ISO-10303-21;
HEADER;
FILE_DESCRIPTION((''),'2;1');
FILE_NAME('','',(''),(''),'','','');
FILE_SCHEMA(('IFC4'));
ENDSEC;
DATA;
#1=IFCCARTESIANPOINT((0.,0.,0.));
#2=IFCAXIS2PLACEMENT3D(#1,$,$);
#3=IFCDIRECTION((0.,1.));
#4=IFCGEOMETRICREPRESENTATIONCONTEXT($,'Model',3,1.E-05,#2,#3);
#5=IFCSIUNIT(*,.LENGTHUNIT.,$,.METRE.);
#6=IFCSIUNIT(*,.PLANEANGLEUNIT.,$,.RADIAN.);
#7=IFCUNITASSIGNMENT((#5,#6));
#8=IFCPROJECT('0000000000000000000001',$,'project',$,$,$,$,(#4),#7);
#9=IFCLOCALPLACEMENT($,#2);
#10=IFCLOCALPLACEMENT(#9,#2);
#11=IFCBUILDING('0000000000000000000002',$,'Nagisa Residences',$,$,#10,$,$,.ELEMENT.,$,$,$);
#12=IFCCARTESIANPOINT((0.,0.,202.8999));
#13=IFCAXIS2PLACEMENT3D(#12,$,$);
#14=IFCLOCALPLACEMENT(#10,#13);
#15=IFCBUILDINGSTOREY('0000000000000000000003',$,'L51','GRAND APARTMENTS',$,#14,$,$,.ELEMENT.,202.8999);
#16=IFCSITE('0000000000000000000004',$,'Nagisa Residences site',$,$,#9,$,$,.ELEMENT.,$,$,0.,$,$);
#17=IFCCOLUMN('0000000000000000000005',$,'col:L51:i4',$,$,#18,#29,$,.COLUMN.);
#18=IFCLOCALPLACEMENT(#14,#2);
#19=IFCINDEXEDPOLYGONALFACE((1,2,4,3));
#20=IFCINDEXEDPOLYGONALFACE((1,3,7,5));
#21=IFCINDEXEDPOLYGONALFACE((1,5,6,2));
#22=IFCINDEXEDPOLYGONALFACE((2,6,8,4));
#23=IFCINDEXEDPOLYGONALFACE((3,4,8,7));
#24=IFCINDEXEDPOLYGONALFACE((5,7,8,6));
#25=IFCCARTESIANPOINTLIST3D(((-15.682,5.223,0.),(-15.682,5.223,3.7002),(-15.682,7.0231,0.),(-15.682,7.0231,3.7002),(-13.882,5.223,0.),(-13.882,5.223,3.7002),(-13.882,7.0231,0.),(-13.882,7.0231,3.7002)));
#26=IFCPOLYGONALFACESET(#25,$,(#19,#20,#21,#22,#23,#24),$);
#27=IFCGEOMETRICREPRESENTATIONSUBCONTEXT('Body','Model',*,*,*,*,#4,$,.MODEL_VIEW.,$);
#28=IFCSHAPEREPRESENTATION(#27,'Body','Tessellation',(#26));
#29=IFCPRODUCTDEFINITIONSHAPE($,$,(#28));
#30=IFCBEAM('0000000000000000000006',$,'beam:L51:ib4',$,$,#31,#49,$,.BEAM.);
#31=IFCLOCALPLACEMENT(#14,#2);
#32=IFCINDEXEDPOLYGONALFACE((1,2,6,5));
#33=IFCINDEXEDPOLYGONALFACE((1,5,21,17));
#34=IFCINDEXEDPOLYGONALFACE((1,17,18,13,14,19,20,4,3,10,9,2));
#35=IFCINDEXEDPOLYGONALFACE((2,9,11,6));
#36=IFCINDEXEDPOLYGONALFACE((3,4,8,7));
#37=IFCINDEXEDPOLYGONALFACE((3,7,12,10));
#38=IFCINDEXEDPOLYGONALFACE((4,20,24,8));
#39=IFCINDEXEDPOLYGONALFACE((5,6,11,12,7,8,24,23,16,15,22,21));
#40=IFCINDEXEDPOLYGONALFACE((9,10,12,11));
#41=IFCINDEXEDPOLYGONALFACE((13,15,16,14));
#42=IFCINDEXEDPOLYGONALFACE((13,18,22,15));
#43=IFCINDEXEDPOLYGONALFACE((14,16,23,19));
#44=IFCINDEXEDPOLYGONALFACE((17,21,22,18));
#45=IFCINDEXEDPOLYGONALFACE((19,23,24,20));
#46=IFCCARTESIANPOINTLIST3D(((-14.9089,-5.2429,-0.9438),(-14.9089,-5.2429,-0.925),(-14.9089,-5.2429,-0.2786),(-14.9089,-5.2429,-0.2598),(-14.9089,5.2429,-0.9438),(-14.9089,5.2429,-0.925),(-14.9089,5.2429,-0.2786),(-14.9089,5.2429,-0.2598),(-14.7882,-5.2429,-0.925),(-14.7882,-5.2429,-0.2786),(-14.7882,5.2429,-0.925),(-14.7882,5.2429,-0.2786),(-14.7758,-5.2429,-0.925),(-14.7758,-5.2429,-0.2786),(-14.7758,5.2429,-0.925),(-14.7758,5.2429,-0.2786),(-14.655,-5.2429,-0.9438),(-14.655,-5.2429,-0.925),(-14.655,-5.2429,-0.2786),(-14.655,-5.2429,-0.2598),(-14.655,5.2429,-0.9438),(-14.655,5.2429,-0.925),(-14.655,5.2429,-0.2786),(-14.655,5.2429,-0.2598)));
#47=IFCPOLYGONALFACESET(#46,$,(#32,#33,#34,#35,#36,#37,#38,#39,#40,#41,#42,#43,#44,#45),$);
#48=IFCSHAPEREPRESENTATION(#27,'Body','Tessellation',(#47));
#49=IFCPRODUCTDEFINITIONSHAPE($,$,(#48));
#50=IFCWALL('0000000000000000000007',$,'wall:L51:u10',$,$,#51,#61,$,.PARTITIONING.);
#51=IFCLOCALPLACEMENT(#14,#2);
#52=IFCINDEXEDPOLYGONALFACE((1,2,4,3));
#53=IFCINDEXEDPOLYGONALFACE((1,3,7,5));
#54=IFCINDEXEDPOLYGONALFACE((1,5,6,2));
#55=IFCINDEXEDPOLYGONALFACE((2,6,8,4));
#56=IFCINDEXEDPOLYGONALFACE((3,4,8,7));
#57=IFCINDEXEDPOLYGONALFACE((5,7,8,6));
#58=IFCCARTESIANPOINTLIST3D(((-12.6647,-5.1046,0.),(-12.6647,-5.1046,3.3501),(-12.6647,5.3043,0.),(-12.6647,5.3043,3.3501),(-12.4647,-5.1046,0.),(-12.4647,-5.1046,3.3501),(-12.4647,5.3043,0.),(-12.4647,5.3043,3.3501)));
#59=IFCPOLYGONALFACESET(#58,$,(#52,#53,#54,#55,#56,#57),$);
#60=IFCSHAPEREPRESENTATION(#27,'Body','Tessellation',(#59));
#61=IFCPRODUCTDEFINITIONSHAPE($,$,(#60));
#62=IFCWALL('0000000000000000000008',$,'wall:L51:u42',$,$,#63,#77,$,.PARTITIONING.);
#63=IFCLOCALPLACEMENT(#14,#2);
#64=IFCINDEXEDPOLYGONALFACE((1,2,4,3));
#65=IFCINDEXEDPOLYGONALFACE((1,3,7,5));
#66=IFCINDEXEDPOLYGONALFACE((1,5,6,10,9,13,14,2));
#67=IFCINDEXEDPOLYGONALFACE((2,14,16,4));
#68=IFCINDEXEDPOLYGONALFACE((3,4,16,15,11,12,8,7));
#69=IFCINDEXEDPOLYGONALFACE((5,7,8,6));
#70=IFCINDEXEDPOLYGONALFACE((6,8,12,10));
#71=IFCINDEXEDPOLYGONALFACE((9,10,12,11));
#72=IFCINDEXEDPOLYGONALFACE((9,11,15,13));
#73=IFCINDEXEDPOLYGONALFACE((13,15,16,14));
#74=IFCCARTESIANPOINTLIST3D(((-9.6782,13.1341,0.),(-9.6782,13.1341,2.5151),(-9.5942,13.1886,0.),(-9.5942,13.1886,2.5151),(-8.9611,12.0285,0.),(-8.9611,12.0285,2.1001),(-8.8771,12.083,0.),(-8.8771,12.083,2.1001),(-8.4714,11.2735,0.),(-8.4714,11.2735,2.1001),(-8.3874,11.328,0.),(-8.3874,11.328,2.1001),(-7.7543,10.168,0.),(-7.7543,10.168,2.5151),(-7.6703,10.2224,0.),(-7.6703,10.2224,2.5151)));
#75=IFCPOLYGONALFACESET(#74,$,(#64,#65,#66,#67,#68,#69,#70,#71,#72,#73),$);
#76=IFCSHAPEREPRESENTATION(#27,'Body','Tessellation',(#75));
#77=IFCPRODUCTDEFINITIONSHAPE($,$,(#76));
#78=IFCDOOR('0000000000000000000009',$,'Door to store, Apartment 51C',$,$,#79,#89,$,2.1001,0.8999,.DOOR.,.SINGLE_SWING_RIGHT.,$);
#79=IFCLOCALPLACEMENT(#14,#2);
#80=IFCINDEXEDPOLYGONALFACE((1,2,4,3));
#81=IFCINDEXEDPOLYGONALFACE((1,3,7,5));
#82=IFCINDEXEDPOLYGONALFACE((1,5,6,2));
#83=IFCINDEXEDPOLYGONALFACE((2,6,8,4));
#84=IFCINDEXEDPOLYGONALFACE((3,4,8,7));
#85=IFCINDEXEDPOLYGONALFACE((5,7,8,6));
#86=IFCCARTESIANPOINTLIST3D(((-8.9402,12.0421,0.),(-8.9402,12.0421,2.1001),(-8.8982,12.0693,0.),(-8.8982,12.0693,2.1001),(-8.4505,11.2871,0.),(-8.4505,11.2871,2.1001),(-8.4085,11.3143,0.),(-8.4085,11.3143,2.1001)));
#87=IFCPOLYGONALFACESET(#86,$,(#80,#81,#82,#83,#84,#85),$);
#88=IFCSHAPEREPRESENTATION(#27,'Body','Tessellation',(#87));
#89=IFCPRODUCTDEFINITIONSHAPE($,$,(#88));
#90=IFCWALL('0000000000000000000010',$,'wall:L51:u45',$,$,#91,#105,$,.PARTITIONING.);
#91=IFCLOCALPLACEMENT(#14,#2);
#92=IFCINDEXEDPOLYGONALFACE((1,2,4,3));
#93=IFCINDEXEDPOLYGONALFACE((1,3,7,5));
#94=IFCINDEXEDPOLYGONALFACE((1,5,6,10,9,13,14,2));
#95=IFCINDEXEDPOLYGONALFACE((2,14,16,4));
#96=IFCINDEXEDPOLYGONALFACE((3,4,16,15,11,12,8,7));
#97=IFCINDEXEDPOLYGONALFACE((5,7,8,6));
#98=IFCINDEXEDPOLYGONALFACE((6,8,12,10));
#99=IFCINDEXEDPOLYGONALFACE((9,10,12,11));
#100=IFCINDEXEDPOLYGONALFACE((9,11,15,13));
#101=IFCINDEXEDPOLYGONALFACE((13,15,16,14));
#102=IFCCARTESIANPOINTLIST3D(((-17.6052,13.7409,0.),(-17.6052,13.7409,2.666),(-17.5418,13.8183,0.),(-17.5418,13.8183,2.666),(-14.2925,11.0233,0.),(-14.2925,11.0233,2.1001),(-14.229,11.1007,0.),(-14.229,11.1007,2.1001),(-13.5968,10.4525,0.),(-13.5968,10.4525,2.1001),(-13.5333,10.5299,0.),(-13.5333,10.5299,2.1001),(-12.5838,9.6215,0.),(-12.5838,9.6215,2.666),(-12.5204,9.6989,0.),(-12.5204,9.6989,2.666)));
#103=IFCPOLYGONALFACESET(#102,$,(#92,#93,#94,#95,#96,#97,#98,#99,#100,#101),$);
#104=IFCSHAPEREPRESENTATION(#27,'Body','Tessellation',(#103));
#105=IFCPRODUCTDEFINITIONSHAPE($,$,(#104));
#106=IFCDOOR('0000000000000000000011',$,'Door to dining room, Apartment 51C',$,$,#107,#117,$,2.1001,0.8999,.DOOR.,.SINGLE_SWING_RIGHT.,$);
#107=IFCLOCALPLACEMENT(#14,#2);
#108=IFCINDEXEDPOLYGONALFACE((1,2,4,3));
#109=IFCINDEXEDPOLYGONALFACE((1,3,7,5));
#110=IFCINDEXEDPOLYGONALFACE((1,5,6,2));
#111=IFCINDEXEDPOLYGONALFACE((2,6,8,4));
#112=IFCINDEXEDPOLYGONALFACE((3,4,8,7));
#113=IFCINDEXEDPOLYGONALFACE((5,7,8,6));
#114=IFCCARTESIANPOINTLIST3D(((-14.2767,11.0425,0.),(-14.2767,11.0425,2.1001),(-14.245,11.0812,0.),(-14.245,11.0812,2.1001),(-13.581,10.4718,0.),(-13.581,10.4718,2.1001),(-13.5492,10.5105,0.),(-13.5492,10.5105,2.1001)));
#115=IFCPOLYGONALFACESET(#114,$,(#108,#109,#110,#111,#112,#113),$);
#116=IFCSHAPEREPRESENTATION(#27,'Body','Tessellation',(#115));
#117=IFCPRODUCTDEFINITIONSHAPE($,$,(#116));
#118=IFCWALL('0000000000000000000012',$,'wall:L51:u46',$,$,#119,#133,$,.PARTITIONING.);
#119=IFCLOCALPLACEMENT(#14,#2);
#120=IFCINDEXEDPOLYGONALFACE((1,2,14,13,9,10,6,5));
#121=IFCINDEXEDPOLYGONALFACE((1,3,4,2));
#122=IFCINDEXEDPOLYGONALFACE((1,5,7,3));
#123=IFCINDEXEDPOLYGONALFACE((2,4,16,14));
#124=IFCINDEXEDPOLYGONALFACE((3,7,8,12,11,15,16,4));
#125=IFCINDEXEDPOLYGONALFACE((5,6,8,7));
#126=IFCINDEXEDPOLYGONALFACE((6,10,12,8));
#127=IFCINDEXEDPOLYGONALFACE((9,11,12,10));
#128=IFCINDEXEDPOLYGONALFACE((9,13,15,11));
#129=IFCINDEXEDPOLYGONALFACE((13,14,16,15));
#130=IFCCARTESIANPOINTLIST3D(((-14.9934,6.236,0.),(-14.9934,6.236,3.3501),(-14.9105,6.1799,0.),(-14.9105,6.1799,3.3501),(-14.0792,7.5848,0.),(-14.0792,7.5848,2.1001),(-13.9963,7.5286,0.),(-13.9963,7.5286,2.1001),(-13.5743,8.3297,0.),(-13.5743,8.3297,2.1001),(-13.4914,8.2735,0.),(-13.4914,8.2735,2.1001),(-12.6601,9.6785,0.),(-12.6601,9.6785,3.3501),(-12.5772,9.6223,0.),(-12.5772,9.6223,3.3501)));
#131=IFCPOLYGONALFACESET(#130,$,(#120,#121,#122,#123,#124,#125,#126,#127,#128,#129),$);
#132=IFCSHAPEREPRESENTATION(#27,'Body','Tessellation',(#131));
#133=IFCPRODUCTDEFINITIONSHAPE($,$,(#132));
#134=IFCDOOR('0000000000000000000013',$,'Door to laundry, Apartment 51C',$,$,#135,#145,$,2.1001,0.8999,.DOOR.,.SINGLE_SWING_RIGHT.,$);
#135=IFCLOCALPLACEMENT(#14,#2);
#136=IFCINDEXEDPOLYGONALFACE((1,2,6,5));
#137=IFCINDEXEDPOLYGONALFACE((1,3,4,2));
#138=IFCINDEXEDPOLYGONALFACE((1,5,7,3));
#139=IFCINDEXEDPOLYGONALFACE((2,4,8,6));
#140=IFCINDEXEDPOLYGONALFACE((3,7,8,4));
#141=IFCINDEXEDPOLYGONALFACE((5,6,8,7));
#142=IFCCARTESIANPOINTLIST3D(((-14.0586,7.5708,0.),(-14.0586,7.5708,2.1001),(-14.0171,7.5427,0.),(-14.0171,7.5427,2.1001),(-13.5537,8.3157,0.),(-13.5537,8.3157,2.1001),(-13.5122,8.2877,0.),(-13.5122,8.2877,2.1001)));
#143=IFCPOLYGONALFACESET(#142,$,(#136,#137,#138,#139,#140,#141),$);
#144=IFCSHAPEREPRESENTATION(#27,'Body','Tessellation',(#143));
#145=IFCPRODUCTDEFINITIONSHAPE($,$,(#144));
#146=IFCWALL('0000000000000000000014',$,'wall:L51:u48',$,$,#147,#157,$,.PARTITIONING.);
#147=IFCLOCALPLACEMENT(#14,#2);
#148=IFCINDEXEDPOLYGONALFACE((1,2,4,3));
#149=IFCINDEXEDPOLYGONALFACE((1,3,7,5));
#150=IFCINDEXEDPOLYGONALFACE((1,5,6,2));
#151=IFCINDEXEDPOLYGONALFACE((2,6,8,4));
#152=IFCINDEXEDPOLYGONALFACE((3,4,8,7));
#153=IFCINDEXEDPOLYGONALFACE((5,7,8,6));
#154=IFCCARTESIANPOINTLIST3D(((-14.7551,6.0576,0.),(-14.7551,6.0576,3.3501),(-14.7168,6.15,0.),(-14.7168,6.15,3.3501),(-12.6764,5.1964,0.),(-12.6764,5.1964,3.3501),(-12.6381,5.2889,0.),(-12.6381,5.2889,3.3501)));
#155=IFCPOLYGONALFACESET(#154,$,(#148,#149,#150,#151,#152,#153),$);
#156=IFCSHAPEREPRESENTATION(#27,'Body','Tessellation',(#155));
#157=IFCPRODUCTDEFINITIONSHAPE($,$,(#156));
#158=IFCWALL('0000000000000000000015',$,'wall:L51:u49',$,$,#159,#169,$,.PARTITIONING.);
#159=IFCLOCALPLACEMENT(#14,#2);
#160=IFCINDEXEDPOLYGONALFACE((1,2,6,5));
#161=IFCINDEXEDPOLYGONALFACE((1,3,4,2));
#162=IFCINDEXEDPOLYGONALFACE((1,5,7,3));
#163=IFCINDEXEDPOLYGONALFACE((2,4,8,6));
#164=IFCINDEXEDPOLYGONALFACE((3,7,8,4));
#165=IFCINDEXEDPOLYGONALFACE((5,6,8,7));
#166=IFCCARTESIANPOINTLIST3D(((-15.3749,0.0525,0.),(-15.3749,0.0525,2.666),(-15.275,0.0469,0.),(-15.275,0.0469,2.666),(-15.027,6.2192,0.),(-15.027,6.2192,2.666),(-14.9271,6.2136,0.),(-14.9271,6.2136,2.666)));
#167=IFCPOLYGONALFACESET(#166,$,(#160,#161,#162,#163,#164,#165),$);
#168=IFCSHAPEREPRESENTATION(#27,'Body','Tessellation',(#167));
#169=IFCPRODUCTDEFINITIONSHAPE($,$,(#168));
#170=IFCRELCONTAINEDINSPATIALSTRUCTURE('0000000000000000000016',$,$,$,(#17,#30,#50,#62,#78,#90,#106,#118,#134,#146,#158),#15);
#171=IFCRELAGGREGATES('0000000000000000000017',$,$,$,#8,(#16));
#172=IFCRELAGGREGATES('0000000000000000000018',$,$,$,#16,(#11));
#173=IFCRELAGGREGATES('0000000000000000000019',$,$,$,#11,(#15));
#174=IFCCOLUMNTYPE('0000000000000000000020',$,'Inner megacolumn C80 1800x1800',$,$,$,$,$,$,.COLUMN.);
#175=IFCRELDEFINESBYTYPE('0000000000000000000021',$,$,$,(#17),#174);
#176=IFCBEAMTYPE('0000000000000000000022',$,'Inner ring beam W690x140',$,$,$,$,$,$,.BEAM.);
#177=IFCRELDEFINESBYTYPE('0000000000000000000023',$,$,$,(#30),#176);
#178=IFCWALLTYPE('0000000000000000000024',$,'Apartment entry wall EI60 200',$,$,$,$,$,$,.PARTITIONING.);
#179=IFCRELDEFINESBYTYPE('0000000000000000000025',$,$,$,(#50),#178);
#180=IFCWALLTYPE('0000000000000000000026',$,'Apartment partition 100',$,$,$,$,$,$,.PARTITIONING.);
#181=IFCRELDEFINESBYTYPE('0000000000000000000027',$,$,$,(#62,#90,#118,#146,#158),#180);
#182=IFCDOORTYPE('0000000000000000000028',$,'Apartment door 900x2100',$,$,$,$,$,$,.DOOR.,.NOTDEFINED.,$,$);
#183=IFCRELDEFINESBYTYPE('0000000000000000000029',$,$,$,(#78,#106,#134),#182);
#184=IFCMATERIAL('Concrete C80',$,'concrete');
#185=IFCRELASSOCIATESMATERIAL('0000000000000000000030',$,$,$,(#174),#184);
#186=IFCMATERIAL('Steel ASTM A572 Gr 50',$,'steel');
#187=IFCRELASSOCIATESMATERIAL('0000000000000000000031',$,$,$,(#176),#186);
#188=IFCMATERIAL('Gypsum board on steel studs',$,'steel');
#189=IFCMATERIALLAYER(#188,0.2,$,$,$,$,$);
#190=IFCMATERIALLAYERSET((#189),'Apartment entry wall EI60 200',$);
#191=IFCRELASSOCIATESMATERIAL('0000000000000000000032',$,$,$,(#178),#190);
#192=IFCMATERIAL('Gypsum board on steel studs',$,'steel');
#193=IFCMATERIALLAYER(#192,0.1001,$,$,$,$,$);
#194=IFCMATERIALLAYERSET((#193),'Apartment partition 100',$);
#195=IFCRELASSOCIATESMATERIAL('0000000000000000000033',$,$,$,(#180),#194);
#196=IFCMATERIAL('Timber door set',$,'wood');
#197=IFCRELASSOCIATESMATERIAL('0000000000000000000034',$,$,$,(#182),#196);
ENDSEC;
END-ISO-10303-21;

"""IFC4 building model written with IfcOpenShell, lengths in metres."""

from ifc_helpers import new_model, si_unit, direction, frame, frame_2d, origin, origin_2d, place, context, subcontext, project, spatial, rectangle, i_section, extrude, material, layer, layer_set, material_profile, profile_set, type_object, element, fill, save


model = new_model("IFC4")

# Units and contexts
model_context = context("Model", 3, precision=1e-05, world=origin(), true_north=direction((0.0, 1.0)))
body_context = subcontext(model_context, "Body", "Model", "MODEL_VIEW")
ifc_project = project(units=[si_unit("LENGTHUNIT", "METRE"), si_unit("PLANEANGLEUNIT", "RADIAN")], contexts=[model_context])

# Site, building, storey
site_placement = place(None, origin())
site = spatial("IfcSite", under=ifc_project, at=site_placement, Name="Nagisa Residences site", CompositionType="ELEMENT", RefElevation=0.0)
building_placement = place(site_placement, origin())
building = spatial("IfcBuilding", under=site, at=building_placement, Name="Nagisa Residences", CompositionType="ELEMENT")
storey_placement = place(building_placement, frame((0.0, 0.0, 202.8999)))
storey = spatial("IfcBuildingStorey", under=building, at=storey_placement, Name="L51", Description="GRAND APARTMENTS", CompositionType="ELEMENT", Elevation=202.8999)

# Column
ifc_material_1 = material(Name="Concrete C80", Category="concrete")
ifc_material_profile_1 = material_profile(ifc_material_1, rectangle(XDim=1.8, YDim=1.8, at=origin_2d()), Name="C80 1800x1800")
ifc_profile_set_1 = profile_set([ifc_material_profile_1], Name="Concrete C80")
column_type = type_object("IfcColumnType", Name="Inner megacolumn C80 1800x1800", PredefinedType="COLUMN", material=ifc_profile_set_1)
column_placement = place(storey_placement, frame((-14.782, 6.123, 0.0), z_axis=(0.0, 0.0, 1.0), x_axis=(1.0, 0.0, 0.0)))
element("IfcColumn", 1, at=column_placement, inside=storey, type_object=column_type, Name="col:L51:i4", PredefinedType="COLUMN", context=body_context, shape_type="SweptSolid", body=[
    extrude(rectangle(XDim=1.8, YDim=1.8, at=origin_2d()), origin(), (0.0, 0.0, 1.0), 3.7002),
])

# Beam
ifc_material_2 = material(Name="Steel ASTM A572 Gr 50", Category="steel")
ifc_material_profile_2 = material_profile(ifc_material_2, i_section(OverallWidth=0.2539, OverallDepth=0.6841, WebThickness=0.0125, FlangeThickness=0.0188, at=origin_2d()), Name="W690x140")
ifc_profile_set_2 = profile_set([ifc_material_profile_2], Name="Steel ASTM A572 Gr 50")
beam_type = type_object("IfcBeamType", Name="Inner ring beam W690x140", PredefinedType="BEAM", material=ifc_profile_set_2)
beam_placement = place(storey_placement, frame((-14.782, 5.2429, -0.6018), z_axis=(0.0, -1.0, 0.0), x_axis=(1.0, 0.0, 0.0)))
element("IfcBeam", 2, at=beam_placement, inside=storey, type_object=beam_type, Name="beam:L51:ib4", PredefinedType="BEAM", context=body_context, shape_type="SweptSolid", body=[
    extrude(i_section(OverallWidth=0.2539, OverallDepth=0.6841, WebThickness=0.0125, FlangeThickness=0.0188, at=origin_2d()), origin(), (0.0, 0.0, 1.0), 10.4858),
])

# Wall
ifc_material_3 = material(Name="Gypsum board on steel studs", Category="steel")
ifc_layer_1 = layer(ifc_material_3, 0.2)
ifc_layer_set_1 = layer_set([ifc_layer_1], Name="Apartment entry wall EI60 200")
wall_type_1 = type_object("IfcWallType", Name="Apartment entry wall EI60 200", PredefinedType="PARTITIONING", material=ifc_layer_set_1)
wall_1_placement = place(storey_placement, frame((-12.5647, 5.3044, 0.0), z_axis=(0.0, 0.0, 1.0), x_axis=(0.0, -1.0, 0.0)))
element("IfcWall", 3, at=wall_1_placement, inside=storey, type_object=wall_type_1, Name="wall:L51:u10", PredefinedType="PARTITIONING", context=body_context, shape_type="SweptSolid", body=[
    extrude(rectangle(XDim=10.4089, YDim=0.2, at=frame_2d((5.2046, 0.0))), origin(), (0.0, 0.0, 1.0), 3.3501),
])

# Walls, openings, doors
ifc_material_4 = material(Name="Gypsum board on steel studs", Category="steel")
ifc_layer_2 = layer(ifc_material_4, 0.1001)
ifc_layer_set_2 = layer_set([ifc_layer_2], Name="Apartment partition 100")
wall_type_2 = type_object("IfcWallType", Name="Apartment partition 100", PredefinedType="PARTITIONING", material=ifc_layer_set_2)
wall_2_placement = place(storey_placement, frame((-7.7124, 10.1953, 0.0), z_axis=(0.0, 0.0, 1.0), x_axis=(-0.54417, 0.838975, 0.0)))
wall_2 = element("IfcWall", 4, at=wall_2_placement, inside=storey, type_object=wall_type_2, Name="wall:L51:u42", PredefinedType="PARTITIONING", context=body_context, shape_type="SweptSolid", body=[
    extrude(rectangle(XDim=3.5354, YDim=0.1001, at=frame_2d((1.7676, 0.0))), origin(), (0.0, 0.0, 1.0), 2.5151),
])
opening_1_placement = place(wall_2_placement, frame((1.3176, 0.0, 0.0)))
opening_1 = element("IfcOpeningElement", 5, at=opening_1_placement, cuts=wall_2, PredefinedType="OPENING", context=body_context, shape_type="SweptSolid", body=[
    extrude(rectangle(XDim=0.8999, YDim=2.1001, at=frame_2d((0.45, 1.05))), frame((0.0, 0.0601, 0.0), z_axis=(0.0, -1.0, 0.0), x_axis=(1.0, 0.0, 0.0)), (0.0, 0.0, 1.0), 0.1201),
])
ifc_material_5 = material(Name="Timber door set", Category="wood")
door_type_1 = type_object("IfcDoorType", Name="Apartment door 900x2100", OperationType="NOTDEFINED", PredefinedType="DOOR", material=ifc_material_5)
door_1_placement = place(opening_1_placement, frame((0.8999, 0.0, 0.0), x_axis=(-1.0, 0.0, 0.0)))
door_1 = element("IfcDoor", 6, at=door_1_placement, inside=storey, type_object=door_type_1, Name="Door to store, Apartment 51C", OperationType="SINGLE_SWING_RIGHT", OverallHeight=2.1001, OverallWidth=0.8999, PredefinedType="DOOR", context=body_context, shape_type="SweptSolid", body=[
    extrude(rectangle(XDim=0.8999, YDim=2.1001, at=frame_2d((0.45, 1.05))), frame((0.0, 0.0249, 0.0), z_axis=(0.0, -1.0, 0.0), x_axis=(1.0, 0.0, 0.0)), (0.0, 0.0, 1.0), 0.05),
])
fill(opening_1, door_1)
wall_3_placement = place(storey_placement, frame((-12.552, 9.6602, 0.0), z_axis=(0.0, 0.0, 1.0), x_axis=(-0.773134, 0.634242, 0.0)))
wall_3 = element("IfcWall", 7, at=wall_3_placement, inside=storey, type_object=wall_type_2, Name="wall:L51:u45", PredefinedType="PARTITIONING", context=body_context, shape_type="SweptSolid", body=[
    extrude(rectangle(XDim=6.4949, YDim=0.1001, at=frame_2d((3.2476, 0.0))), origin(), (0.0, 0.0, 1.0), 2.666),
])
opening_2_placement = place(wall_3_placement, frame((1.3103, 0.0, 0.0)))
opening_2 = element("IfcOpeningElement", 8, at=opening_2_placement, cuts=wall_3, PredefinedType="OPENING", context=body_context, shape_type="SweptSolid", body=[
    extrude(rectangle(XDim=0.8999, YDim=2.1001, at=frame_2d((0.45, 1.05))), frame((0.0, 0.0601, 0.0), z_axis=(0.0, -1.0, 0.0), x_axis=(1.0, 0.0, 0.0)), (0.0, 0.0, 1.0), 0.1201),
])
door_2_placement = place(opening_2_placement, frame((0.8999, 0.0, 0.0), x_axis=(-1.0, 0.0, 0.0)))
door_2 = element("IfcDoor", 9, at=door_2_placement, inside=storey, type_object=door_type_1, Name="Door to dining room, Apartment 51C", OperationType="SINGLE_SWING_RIGHT", OverallHeight=2.1001, OverallWidth=0.8999, PredefinedType="DOOR", context=body_context, shape_type="SweptSolid", body=[
    extrude(rectangle(XDim=0.8999, YDim=2.1001, at=frame_2d((0.45, 1.05))), frame((0.0, 0.0249, 0.0), z_axis=(0.0, -1.0, 0.0), x_axis=(1.0, 0.0, 0.0)), (0.0, 0.0, 1.0), 0.05),
])
fill(opening_2, door_2)
wall_4_placement = place(storey_placement, frame((-12.6187, 9.6504, 0.0), z_axis=(0.0, 0.0, 1.0), x_axis=(-0.561065, -0.827772, 0.0)))
wall_4 = element("IfcWall", 10, at=wall_4_placement, inside=storey, type_object=wall_type_2, Name="wall:L51:u46", PredefinedType="PARTITIONING", context=body_context, shape_type="SweptSolid", body=[
    extrude(rectangle(XDim=4.1587, YDim=0.1001, at=frame_2d((2.0793, 0.0))), origin(), (0.0, 0.0, 1.0), 3.3501),
])
opening_3_placement = place(wall_4_placement, frame((1.6294, 0.0, 0.0)))
opening_3 = element("IfcOpeningElement", 11, at=opening_3_placement, cuts=wall_4, PredefinedType="OPENING", context=body_context, shape_type="SweptSolid", body=[
    extrude(rectangle(XDim=0.8999, YDim=2.1001, at=frame_2d((0.45, 1.05))), frame((0.0, 0.0601, 0.0), z_axis=(0.0, -1.0, 0.0), x_axis=(1.0, 0.0, 0.0)), (0.0, 0.0, 1.0), 0.1201),
])
door_3_placement = place(opening_3_placement, origin())
door_3 = element("IfcDoor", 12, at=door_3_placement, inside=storey, type_object=door_type_1, Name="Door to laundry, Apartment 51C", OperationType="SINGLE_SWING_RIGHT", OverallHeight=2.1001, OverallWidth=0.8999, PredefinedType="DOOR", context=body_context, shape_type="SweptSolid", body=[
    extrude(rectangle(XDim=0.8999, YDim=2.1001, at=frame_2d((0.45, 1.05))), frame((0.0, 0.0249, 0.0), z_axis=(0.0, -1.0, 0.0), x_axis=(1.0, 0.0, 0.0)), (0.0, 0.0, 1.0), 0.05),
])
fill(opening_3, door_3)

# Walls
wall_5_placement = place(storey_placement, frame((-12.6572, 5.2427, 0.0), z_axis=(0.0, 0.0, 1.0), x_axis=(-0.923865, 0.382719, 0.0)))
element("IfcWall", 13, at=wall_5_placement, inside=storey, type_object=wall_type_2, Name="wall:L51:u48", PredefinedType="PARTITIONING", context=body_context, shape_type="SweptSolid", body=[
    extrude(rectangle(XDim=2.25, YDim=0.1001, at=frame_2d((1.125, 0.0))), origin(), (0.0, 0.0, 1.0), 3.3501),
])
wall_6_placement = place(storey_placement, frame((-14.9771, 6.2166, 0.0), z_axis=(0.0, 0.0, 1.0), x_axis=(-0.056326, -0.998412, 0.0)))
element("IfcWall", 14, at=wall_6_placement, inside=storey, type_object=wall_type_2, Name="wall:L51:u49", PredefinedType="PARTITIONING", context=body_context, shape_type="SweptSolid", body=[
    extrude(rectangle(XDim=6.1765, YDim=0.1001, at=frame_2d((3.0884, 0.0))), origin(), (0.0, 0.0, 1.0), 2.666),
])

save(model, "model.ifc")
